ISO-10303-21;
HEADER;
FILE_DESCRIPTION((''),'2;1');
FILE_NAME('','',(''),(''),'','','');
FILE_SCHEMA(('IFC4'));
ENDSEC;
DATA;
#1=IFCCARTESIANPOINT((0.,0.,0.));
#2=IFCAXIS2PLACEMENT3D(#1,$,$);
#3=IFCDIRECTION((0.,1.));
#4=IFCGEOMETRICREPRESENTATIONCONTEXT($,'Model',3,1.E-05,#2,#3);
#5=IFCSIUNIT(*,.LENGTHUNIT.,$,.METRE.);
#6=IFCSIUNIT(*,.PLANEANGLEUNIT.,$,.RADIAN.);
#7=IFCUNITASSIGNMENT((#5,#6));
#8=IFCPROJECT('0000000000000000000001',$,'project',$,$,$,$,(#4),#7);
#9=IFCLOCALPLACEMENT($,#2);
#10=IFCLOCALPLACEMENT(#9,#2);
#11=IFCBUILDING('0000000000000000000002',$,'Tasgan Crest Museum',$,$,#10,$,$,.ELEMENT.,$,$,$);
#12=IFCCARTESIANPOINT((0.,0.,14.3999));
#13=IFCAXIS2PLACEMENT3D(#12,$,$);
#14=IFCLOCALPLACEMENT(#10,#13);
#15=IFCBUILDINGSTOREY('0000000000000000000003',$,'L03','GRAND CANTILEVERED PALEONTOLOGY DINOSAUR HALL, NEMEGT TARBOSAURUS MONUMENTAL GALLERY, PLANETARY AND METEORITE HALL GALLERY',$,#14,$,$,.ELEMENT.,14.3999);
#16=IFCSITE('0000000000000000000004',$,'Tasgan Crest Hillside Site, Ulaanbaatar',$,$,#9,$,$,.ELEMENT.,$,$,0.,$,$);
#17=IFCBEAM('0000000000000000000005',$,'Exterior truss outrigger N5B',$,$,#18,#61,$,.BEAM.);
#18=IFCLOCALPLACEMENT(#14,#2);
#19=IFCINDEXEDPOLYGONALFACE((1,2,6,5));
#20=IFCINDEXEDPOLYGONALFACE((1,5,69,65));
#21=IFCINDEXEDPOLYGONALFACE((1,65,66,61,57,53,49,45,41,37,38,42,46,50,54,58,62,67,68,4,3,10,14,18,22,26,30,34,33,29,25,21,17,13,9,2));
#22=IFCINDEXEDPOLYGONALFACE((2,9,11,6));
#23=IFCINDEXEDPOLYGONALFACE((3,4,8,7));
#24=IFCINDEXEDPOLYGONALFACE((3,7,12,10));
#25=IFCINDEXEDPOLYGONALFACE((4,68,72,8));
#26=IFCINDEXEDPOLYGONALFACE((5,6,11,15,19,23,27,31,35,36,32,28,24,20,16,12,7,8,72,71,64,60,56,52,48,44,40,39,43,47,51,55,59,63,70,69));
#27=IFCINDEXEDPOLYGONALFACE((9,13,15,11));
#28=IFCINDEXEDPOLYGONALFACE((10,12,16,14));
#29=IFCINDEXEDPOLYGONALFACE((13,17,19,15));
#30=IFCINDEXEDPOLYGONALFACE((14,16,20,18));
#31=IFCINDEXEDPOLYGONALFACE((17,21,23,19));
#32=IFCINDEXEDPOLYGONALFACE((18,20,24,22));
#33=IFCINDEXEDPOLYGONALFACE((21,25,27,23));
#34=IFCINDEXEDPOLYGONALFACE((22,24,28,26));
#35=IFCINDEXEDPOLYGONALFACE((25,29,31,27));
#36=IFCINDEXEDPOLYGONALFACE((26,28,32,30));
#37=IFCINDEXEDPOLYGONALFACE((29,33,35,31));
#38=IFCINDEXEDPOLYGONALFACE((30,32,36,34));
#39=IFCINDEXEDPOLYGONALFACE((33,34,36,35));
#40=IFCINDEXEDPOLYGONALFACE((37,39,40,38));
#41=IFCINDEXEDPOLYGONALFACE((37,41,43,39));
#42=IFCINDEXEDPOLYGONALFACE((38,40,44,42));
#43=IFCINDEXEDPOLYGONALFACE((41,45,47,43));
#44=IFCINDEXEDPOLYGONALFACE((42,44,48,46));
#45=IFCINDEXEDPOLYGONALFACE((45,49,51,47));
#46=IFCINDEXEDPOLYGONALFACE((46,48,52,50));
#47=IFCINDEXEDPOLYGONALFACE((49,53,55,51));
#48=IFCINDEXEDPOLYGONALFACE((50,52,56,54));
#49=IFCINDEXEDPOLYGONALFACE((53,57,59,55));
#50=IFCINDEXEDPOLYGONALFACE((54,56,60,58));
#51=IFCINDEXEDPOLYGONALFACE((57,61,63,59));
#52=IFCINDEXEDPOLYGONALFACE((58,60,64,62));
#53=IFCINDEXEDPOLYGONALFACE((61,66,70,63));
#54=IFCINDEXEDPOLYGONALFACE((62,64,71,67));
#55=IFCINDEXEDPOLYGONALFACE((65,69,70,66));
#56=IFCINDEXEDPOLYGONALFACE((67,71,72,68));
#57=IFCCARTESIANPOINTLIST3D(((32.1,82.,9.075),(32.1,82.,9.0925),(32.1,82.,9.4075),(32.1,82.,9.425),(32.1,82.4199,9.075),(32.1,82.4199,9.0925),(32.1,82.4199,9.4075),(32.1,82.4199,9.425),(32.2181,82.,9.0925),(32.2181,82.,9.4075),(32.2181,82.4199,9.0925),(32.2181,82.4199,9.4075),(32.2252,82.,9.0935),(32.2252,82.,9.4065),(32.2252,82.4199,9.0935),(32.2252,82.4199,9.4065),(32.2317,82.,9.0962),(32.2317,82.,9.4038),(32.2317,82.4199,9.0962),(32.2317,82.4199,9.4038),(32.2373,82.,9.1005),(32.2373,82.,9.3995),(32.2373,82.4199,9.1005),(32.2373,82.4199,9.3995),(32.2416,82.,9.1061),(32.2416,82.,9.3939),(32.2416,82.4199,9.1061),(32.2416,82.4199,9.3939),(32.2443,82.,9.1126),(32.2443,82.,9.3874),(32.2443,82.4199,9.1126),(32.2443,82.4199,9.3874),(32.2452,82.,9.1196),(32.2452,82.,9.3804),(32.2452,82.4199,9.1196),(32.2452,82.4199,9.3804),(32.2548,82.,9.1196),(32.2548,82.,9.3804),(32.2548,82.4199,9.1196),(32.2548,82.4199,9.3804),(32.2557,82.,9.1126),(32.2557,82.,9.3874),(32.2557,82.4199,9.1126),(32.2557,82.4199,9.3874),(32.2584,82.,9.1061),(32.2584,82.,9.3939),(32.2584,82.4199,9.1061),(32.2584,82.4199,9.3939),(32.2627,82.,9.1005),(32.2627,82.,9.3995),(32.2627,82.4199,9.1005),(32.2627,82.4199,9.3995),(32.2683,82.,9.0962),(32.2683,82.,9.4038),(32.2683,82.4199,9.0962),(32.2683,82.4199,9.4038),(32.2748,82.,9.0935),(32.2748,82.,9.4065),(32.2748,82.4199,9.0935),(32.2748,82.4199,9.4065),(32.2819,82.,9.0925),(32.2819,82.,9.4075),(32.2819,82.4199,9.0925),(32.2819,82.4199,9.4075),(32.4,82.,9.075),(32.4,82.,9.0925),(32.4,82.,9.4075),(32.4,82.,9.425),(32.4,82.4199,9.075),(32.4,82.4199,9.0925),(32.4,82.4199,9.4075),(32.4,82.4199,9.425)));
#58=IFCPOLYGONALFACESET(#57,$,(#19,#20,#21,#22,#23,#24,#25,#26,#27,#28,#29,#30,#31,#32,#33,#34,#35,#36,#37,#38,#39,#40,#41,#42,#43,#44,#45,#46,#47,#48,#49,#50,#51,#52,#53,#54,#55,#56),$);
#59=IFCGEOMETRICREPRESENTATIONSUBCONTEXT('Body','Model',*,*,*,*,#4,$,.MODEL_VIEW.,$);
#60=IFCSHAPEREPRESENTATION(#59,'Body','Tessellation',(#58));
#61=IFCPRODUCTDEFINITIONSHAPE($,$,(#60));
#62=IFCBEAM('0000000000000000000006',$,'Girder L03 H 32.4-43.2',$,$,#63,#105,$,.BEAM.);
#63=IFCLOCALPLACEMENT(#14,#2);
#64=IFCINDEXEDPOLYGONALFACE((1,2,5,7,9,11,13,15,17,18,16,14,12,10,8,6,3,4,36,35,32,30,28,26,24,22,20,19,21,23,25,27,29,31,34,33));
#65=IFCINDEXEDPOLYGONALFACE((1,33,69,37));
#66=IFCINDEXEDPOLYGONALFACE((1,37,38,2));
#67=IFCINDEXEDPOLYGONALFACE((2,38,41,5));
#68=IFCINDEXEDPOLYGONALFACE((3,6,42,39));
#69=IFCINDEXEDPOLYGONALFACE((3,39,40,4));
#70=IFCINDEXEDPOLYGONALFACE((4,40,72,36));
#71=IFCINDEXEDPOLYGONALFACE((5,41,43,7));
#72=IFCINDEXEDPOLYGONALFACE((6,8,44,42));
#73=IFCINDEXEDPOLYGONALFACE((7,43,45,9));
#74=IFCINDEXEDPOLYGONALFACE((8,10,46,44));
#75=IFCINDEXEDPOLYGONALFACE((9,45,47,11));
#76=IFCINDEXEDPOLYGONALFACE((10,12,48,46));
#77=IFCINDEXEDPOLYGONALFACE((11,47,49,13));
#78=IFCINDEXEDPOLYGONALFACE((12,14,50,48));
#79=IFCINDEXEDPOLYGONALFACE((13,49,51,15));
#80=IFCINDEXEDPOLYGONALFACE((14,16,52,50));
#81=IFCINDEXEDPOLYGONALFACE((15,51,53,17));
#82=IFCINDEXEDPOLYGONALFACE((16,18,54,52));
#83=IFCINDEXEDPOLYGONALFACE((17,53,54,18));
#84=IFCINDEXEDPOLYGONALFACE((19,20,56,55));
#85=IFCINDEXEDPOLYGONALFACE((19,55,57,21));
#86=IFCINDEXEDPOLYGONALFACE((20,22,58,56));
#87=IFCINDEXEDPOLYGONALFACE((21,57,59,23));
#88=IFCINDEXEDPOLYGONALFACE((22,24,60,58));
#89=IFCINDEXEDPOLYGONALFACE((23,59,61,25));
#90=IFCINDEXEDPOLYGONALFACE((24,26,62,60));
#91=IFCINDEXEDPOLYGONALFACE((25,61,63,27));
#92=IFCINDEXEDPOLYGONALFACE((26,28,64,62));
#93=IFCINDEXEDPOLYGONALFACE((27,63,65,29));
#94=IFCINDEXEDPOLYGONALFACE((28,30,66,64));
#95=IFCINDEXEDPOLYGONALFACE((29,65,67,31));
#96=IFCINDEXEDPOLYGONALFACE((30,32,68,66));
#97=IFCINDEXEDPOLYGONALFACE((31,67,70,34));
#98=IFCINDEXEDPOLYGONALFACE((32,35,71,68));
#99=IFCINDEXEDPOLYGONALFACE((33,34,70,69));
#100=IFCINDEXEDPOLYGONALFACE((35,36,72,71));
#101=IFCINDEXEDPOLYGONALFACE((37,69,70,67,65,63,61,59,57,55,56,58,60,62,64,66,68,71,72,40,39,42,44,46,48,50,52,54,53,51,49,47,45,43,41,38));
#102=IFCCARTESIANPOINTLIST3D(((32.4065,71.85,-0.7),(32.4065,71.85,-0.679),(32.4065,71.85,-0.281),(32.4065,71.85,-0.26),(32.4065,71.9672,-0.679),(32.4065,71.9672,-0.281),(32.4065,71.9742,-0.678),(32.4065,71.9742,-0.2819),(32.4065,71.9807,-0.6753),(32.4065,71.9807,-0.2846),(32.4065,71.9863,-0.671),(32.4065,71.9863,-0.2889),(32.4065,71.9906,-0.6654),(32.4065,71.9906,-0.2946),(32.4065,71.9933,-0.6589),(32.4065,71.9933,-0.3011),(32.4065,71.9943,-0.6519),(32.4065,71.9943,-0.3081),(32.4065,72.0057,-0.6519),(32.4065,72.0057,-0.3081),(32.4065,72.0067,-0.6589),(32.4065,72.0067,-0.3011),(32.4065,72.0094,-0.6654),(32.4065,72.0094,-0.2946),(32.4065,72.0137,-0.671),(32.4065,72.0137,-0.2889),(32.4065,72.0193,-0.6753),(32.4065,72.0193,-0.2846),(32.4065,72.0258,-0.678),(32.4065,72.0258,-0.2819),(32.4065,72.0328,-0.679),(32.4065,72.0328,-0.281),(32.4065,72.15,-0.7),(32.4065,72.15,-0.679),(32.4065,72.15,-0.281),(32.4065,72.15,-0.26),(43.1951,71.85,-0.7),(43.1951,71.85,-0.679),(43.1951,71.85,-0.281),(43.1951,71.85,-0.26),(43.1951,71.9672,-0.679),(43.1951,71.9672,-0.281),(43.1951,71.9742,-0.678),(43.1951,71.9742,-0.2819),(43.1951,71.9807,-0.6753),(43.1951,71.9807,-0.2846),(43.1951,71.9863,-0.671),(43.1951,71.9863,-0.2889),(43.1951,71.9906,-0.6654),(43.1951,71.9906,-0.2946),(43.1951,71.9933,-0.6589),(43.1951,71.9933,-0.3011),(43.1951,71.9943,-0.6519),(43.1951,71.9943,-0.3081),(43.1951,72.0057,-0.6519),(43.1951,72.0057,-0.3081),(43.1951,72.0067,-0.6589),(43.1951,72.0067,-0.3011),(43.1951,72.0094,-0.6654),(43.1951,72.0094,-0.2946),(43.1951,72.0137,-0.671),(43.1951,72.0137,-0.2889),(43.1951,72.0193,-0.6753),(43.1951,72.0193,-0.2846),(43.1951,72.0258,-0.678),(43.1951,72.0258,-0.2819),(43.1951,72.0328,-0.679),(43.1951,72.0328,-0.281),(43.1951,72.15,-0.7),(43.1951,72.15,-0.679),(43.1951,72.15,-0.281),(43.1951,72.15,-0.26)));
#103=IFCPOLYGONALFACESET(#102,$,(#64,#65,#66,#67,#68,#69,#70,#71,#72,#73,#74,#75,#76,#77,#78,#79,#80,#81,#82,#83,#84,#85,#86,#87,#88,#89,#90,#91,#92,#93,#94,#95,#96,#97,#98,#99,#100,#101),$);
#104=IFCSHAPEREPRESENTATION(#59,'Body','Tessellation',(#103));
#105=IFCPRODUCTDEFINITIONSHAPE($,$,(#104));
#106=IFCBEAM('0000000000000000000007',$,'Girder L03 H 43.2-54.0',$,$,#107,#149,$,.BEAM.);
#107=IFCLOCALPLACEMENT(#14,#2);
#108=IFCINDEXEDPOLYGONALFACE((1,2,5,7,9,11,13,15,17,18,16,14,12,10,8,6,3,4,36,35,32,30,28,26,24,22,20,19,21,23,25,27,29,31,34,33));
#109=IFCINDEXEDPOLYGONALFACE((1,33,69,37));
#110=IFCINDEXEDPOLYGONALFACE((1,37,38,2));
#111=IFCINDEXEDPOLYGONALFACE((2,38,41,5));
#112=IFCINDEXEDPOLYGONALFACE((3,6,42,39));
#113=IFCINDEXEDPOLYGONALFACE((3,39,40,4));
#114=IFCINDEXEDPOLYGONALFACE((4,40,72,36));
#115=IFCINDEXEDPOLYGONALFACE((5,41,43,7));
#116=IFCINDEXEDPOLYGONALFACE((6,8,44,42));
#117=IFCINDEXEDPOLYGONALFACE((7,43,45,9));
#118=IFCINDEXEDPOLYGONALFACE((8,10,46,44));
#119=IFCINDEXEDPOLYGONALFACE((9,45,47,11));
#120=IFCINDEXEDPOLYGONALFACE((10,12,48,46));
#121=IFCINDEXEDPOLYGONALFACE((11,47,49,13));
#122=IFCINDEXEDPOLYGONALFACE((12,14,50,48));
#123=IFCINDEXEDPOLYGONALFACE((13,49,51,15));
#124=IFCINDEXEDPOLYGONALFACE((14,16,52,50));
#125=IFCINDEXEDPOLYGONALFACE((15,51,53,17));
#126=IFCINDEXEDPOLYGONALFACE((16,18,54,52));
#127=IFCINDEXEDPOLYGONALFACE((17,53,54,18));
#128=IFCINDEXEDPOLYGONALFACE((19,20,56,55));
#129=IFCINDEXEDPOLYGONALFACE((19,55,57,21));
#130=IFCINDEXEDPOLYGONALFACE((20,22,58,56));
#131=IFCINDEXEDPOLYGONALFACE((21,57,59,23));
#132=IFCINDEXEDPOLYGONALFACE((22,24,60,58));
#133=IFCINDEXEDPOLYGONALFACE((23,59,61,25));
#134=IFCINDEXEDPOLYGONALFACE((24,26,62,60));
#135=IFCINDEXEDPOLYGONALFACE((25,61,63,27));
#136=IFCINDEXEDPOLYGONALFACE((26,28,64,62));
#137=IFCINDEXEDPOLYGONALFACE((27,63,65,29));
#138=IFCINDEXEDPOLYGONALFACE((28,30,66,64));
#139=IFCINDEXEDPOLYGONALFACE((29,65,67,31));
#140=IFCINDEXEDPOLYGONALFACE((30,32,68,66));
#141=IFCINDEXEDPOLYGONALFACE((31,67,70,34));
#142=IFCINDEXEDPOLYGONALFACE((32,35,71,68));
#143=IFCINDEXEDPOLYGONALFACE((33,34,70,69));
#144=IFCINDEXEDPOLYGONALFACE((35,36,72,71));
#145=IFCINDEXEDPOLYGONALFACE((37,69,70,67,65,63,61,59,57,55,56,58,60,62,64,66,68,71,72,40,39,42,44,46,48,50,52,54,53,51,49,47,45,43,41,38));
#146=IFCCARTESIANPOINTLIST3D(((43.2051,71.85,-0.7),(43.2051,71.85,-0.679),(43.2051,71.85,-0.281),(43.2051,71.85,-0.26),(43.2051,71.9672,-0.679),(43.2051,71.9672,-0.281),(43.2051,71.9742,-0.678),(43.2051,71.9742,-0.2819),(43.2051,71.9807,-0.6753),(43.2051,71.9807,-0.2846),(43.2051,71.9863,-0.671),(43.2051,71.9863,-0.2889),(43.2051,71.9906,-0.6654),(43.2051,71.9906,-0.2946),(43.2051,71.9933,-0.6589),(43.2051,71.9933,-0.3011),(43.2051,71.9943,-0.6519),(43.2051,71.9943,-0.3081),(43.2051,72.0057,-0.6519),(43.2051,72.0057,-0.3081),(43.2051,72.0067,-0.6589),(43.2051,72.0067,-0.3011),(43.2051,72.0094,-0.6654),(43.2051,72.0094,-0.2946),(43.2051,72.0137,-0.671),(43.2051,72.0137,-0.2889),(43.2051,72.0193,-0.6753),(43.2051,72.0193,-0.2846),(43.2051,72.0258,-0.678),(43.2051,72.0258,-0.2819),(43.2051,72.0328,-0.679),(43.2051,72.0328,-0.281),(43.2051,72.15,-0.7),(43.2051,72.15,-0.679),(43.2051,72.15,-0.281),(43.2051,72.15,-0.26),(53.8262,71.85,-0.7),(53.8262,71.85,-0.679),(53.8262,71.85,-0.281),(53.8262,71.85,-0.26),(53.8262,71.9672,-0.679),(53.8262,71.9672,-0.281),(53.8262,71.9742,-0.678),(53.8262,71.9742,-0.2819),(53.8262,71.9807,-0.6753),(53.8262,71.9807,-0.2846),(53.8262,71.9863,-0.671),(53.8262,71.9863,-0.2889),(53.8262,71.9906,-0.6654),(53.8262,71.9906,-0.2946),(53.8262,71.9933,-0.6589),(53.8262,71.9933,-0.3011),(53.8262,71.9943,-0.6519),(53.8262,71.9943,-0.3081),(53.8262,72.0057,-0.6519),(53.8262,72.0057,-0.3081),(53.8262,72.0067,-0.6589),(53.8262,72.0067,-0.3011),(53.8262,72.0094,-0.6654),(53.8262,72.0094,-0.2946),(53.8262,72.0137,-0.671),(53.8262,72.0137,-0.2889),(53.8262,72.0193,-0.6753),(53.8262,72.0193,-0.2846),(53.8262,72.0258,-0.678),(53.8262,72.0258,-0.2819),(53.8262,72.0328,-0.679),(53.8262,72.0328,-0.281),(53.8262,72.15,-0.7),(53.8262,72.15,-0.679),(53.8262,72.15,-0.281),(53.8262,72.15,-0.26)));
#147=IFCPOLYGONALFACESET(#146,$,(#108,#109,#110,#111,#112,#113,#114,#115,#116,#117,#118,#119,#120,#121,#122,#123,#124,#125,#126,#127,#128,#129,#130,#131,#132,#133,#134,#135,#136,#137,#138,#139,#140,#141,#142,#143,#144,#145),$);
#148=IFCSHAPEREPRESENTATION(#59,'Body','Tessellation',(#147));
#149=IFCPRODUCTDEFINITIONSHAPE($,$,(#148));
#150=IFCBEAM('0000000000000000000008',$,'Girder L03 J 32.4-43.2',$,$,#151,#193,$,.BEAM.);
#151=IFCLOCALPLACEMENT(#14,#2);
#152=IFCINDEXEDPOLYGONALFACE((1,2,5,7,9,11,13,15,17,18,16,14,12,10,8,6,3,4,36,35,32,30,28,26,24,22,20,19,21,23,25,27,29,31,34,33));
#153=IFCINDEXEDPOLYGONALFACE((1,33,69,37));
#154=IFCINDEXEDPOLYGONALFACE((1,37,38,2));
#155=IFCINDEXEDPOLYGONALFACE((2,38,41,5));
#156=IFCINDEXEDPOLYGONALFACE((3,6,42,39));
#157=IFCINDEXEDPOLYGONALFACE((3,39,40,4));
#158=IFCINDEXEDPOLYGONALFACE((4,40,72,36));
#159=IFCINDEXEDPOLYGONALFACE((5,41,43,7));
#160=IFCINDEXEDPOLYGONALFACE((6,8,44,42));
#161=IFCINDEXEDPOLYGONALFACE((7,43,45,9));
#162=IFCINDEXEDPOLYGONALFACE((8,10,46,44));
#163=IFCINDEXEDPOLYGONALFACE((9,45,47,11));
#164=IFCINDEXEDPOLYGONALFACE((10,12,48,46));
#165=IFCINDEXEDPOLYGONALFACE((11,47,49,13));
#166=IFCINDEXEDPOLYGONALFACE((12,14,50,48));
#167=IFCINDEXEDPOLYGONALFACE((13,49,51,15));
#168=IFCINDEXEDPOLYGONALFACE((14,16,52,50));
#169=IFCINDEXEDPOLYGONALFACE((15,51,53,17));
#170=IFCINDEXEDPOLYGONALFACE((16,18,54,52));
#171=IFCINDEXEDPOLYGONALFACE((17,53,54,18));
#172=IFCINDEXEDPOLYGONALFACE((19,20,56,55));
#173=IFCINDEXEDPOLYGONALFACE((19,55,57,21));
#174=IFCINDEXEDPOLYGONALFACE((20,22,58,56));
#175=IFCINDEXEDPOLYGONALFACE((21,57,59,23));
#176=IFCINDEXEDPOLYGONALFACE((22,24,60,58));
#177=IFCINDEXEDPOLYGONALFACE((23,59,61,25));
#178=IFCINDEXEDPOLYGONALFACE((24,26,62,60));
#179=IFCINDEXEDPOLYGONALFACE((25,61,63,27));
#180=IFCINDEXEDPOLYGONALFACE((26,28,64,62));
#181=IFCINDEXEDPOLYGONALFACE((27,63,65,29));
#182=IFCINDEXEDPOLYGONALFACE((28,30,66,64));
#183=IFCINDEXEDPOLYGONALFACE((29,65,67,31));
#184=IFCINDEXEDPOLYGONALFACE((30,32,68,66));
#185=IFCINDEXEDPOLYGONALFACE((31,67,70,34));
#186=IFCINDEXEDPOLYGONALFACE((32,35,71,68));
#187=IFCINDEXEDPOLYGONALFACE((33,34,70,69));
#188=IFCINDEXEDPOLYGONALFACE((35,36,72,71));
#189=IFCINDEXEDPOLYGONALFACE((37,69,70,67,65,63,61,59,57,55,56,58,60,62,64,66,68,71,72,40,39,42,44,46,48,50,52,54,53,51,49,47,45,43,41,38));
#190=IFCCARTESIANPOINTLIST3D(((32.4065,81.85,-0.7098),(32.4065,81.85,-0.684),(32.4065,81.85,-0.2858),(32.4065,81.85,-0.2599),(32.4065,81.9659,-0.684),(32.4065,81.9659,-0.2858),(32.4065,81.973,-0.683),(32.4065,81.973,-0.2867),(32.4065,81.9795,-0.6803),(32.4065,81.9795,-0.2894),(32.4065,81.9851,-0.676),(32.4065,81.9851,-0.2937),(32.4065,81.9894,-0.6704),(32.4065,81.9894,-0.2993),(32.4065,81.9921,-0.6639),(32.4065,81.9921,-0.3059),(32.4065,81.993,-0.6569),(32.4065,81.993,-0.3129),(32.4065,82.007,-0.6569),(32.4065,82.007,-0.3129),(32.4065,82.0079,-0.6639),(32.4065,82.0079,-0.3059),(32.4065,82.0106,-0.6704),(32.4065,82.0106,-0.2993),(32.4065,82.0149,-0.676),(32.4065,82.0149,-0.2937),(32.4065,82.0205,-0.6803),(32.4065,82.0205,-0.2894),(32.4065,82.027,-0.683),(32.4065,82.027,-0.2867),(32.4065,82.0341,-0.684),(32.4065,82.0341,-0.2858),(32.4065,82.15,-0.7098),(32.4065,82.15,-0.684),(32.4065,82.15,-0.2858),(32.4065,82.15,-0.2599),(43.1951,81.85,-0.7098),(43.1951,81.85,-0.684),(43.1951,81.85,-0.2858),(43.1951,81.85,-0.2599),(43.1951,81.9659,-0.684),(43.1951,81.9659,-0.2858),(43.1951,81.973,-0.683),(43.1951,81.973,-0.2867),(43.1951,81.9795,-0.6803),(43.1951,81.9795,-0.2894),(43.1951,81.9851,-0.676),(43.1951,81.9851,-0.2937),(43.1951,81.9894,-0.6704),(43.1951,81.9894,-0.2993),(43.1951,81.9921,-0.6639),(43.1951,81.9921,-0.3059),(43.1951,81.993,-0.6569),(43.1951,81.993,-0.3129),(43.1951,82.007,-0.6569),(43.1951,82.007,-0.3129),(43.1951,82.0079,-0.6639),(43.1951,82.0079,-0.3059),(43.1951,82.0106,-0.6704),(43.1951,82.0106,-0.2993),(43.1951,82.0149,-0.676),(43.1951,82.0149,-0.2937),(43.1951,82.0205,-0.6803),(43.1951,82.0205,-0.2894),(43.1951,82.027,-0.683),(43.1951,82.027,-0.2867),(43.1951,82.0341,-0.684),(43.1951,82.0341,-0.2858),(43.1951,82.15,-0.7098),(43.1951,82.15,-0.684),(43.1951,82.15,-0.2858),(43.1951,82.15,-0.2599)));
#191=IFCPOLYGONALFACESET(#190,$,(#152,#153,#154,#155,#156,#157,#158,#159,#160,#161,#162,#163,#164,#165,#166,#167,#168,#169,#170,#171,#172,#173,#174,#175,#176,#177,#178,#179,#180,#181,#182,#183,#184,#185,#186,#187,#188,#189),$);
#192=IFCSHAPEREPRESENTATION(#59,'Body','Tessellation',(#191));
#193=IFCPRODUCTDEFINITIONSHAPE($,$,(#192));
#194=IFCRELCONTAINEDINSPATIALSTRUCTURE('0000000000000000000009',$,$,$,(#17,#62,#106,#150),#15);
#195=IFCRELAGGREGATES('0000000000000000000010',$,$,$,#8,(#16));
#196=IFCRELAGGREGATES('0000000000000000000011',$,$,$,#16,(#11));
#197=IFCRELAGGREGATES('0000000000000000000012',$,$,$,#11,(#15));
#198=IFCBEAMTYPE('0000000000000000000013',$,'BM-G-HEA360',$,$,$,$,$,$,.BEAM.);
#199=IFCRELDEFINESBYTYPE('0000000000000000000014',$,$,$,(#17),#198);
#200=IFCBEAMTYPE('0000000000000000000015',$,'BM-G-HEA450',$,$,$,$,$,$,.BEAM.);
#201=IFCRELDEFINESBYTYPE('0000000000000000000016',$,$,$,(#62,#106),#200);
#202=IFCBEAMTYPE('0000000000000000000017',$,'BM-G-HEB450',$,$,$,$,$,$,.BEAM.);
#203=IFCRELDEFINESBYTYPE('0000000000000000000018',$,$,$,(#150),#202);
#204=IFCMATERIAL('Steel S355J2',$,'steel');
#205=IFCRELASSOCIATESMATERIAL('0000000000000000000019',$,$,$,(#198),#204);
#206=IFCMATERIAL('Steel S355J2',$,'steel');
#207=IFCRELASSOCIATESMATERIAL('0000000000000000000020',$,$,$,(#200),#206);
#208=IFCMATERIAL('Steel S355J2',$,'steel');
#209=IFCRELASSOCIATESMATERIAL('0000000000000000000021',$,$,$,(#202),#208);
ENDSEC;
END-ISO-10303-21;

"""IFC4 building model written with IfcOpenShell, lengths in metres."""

from ifc_helpers import new_model, si_unit, direction, frame, origin, origin_2d, place, context, subcontext, project, spatial, i_section, extrude, material, material_profile, profile_set, type_object, element, save


model = new_model("IFC4")

# Units and contexts
model_context = context("Model", 3, precision=1e-05, world=origin(), true_north=direction((0.0, 1.0)))
body_context = subcontext(model_context, "Body", "Model", "MODEL_VIEW")
ifc_project = project(units=[si_unit("LENGTHUNIT", "METRE"), si_unit("PLANEANGLEUNIT", "RADIAN")], contexts=[model_context])

# Site, building, storey
site_placement = place(None, origin())
site = spatial("IfcSite", under=ifc_project, at=site_placement, Name="Tasgan Crest Hillside Site, Ulaanbaatar", CompositionType="ELEMENT", RefElevation=0.0)
building_placement = place(site_placement, origin())
building = spatial("IfcBuilding", under=site, at=building_placement, Name="Tasgan Crest Museum", CompositionType="ELEMENT")
storey_placement = place(building_placement, frame((0.0, 0.0, 14.3999)))
storey = spatial("IfcBuildingStorey", under=building, at=storey_placement, Name="L03", Description="GRAND CANTILEVERED PALEONTOLOGY DINOSAUR HALL, NEMEGT TARBOSAURUS MONUMENTAL GALLERY, PLANETARY AND METEORITE HALL GALLERY", CompositionType="ELEMENT", Elevation=14.3999)

# Beams
ifc_material_1 = material(Name="Steel S355J2", Category="steel")
ifc_material_profile_1 = material_profile(ifc_material_1, i_section(OverallWidth=0.3, OverallDepth=0.3501, WebThickness=0.0095, FlangeThickness=0.0176, FilletRadius=0.0271, at=origin_2d()), Name="HEA 360")
ifc_profile_set_1 = profile_set([ifc_material_profile_1], Name="Steel S355J2")
beam_type_1 = type_object("IfcBeamType", Name="BM-G-HEA360", PredefinedType="BEAM", material=ifc_profile_set_1)
beam_1_placement = place(storey_placement, frame((32.25, 82.0, 9.25), z_axis=(0.0, 1.0, 0.0), x_axis=(-1.0, 0.0, 0.0)))
element("IfcBeam", 1, at=beam_1_placement, inside=storey, type_object=beam_type_1, Name="Exterior truss outrigger N5B", PredefinedType="BEAM", context=body_context, shape_type="SweptSolid", body=[
    extrude(i_section(OverallWidth=0.3, OverallDepth=0.3501, WebThickness=0.0095, FlangeThickness=0.0176, FilletRadius=0.0271, at=origin_2d()), origin(), (0.0, 0.0, 1.0), 0.4199),
])
ifc_material_2 = material(Name="Steel S355J2", Category="steel")
ifc_material_profile_2 = material_profile(ifc_material_2, i_section(OverallWidth=0.3, OverallDepth=0.4399, WebThickness=0.0115, FlangeThickness=0.021, FilletRadius=0.0271, at=origin_2d()), Name="HEA 450")
ifc_profile_set_2 = profile_set([ifc_material_profile_2], Name="Steel S355J2")
beam_type_2 = type_object("IfcBeamType", Name="BM-G-HEA450", PredefinedType="BEAM", material=ifc_profile_set_2)
beam_2_placement = place(storey_placement, frame((32.4065, 72.0, -0.48), z_axis=(1.0, 0.0, 0.0), x_axis=(0.0, 1.0, 0.0)))
element("IfcBeam", 2, at=beam_2_placement, inside=storey, type_object=beam_type_2, Name="Girder L03 H 32.4-43.2", PredefinedType="BEAM", context=body_context, shape_type="SweptSolid", body=[
    extrude(i_section(OverallWidth=0.3, OverallDepth=0.4399, WebThickness=0.0115, FlangeThickness=0.021, FilletRadius=0.0271, at=origin_2d()), origin(), (0.0, 0.0, 1.0), 10.7886),
])
beam_3_placement = place(storey_placement, frame((43.2051, 72.0, -0.48), z_axis=(1.0, 0.0, 0.0), x_axis=(0.0, 1.0, 0.0)))
element("IfcBeam", 3, at=beam_3_placement, inside=storey, type_object=beam_type_2, Name="Girder L03 H 43.2-54.0", PredefinedType="BEAM", context=body_context, shape_type="SweptSolid", body=[
    extrude(i_section(OverallWidth=0.3, OverallDepth=0.4399, WebThickness=0.0115, FlangeThickness=0.021, FilletRadius=0.0271, at=origin_2d()), origin(), (0.0, 0.0, 1.0), 10.6211),
])
ifc_material_3 = material(Name="Steel S355J2", Category="steel")
ifc_material_profile_3 = material_profile(ifc_material_3, i_section(OverallWidth=0.3, OverallDepth=0.45, WebThickness=0.0139, FlangeThickness=0.0259, FilletRadius=0.0271, at=origin_2d()), Name="HEB 450")
ifc_profile_set_3 = profile_set([ifc_material_profile_3], Name="Steel S355J2")
beam_type_3 = type_object("IfcBeamType", Name="BM-G-HEB450", PredefinedType="BEAM", material=ifc_profile_set_3)
beam_4_placement = place(storey_placement, frame((32.4065, 82.0, -0.4849), z_axis=(1.0, 0.0, 0.0), x_axis=(0.0, 1.0, 0.0)))
element("IfcBeam", 4, at=beam_4_placement, inside=storey, type_object=beam_type_3, Name="Girder L03 J 32.4-43.2", PredefinedType="BEAM", context=body_context, shape_type="SweptSolid", body=[
    extrude(i_section(OverallWidth=0.3, OverallDepth=0.45, WebThickness=0.0139, FlangeThickness=0.0259, FilletRadius=0.0271, at=origin_2d()), origin(), (0.0, 0.0, 1.0), 10.7886),
])

save(model, "model.ifc")
